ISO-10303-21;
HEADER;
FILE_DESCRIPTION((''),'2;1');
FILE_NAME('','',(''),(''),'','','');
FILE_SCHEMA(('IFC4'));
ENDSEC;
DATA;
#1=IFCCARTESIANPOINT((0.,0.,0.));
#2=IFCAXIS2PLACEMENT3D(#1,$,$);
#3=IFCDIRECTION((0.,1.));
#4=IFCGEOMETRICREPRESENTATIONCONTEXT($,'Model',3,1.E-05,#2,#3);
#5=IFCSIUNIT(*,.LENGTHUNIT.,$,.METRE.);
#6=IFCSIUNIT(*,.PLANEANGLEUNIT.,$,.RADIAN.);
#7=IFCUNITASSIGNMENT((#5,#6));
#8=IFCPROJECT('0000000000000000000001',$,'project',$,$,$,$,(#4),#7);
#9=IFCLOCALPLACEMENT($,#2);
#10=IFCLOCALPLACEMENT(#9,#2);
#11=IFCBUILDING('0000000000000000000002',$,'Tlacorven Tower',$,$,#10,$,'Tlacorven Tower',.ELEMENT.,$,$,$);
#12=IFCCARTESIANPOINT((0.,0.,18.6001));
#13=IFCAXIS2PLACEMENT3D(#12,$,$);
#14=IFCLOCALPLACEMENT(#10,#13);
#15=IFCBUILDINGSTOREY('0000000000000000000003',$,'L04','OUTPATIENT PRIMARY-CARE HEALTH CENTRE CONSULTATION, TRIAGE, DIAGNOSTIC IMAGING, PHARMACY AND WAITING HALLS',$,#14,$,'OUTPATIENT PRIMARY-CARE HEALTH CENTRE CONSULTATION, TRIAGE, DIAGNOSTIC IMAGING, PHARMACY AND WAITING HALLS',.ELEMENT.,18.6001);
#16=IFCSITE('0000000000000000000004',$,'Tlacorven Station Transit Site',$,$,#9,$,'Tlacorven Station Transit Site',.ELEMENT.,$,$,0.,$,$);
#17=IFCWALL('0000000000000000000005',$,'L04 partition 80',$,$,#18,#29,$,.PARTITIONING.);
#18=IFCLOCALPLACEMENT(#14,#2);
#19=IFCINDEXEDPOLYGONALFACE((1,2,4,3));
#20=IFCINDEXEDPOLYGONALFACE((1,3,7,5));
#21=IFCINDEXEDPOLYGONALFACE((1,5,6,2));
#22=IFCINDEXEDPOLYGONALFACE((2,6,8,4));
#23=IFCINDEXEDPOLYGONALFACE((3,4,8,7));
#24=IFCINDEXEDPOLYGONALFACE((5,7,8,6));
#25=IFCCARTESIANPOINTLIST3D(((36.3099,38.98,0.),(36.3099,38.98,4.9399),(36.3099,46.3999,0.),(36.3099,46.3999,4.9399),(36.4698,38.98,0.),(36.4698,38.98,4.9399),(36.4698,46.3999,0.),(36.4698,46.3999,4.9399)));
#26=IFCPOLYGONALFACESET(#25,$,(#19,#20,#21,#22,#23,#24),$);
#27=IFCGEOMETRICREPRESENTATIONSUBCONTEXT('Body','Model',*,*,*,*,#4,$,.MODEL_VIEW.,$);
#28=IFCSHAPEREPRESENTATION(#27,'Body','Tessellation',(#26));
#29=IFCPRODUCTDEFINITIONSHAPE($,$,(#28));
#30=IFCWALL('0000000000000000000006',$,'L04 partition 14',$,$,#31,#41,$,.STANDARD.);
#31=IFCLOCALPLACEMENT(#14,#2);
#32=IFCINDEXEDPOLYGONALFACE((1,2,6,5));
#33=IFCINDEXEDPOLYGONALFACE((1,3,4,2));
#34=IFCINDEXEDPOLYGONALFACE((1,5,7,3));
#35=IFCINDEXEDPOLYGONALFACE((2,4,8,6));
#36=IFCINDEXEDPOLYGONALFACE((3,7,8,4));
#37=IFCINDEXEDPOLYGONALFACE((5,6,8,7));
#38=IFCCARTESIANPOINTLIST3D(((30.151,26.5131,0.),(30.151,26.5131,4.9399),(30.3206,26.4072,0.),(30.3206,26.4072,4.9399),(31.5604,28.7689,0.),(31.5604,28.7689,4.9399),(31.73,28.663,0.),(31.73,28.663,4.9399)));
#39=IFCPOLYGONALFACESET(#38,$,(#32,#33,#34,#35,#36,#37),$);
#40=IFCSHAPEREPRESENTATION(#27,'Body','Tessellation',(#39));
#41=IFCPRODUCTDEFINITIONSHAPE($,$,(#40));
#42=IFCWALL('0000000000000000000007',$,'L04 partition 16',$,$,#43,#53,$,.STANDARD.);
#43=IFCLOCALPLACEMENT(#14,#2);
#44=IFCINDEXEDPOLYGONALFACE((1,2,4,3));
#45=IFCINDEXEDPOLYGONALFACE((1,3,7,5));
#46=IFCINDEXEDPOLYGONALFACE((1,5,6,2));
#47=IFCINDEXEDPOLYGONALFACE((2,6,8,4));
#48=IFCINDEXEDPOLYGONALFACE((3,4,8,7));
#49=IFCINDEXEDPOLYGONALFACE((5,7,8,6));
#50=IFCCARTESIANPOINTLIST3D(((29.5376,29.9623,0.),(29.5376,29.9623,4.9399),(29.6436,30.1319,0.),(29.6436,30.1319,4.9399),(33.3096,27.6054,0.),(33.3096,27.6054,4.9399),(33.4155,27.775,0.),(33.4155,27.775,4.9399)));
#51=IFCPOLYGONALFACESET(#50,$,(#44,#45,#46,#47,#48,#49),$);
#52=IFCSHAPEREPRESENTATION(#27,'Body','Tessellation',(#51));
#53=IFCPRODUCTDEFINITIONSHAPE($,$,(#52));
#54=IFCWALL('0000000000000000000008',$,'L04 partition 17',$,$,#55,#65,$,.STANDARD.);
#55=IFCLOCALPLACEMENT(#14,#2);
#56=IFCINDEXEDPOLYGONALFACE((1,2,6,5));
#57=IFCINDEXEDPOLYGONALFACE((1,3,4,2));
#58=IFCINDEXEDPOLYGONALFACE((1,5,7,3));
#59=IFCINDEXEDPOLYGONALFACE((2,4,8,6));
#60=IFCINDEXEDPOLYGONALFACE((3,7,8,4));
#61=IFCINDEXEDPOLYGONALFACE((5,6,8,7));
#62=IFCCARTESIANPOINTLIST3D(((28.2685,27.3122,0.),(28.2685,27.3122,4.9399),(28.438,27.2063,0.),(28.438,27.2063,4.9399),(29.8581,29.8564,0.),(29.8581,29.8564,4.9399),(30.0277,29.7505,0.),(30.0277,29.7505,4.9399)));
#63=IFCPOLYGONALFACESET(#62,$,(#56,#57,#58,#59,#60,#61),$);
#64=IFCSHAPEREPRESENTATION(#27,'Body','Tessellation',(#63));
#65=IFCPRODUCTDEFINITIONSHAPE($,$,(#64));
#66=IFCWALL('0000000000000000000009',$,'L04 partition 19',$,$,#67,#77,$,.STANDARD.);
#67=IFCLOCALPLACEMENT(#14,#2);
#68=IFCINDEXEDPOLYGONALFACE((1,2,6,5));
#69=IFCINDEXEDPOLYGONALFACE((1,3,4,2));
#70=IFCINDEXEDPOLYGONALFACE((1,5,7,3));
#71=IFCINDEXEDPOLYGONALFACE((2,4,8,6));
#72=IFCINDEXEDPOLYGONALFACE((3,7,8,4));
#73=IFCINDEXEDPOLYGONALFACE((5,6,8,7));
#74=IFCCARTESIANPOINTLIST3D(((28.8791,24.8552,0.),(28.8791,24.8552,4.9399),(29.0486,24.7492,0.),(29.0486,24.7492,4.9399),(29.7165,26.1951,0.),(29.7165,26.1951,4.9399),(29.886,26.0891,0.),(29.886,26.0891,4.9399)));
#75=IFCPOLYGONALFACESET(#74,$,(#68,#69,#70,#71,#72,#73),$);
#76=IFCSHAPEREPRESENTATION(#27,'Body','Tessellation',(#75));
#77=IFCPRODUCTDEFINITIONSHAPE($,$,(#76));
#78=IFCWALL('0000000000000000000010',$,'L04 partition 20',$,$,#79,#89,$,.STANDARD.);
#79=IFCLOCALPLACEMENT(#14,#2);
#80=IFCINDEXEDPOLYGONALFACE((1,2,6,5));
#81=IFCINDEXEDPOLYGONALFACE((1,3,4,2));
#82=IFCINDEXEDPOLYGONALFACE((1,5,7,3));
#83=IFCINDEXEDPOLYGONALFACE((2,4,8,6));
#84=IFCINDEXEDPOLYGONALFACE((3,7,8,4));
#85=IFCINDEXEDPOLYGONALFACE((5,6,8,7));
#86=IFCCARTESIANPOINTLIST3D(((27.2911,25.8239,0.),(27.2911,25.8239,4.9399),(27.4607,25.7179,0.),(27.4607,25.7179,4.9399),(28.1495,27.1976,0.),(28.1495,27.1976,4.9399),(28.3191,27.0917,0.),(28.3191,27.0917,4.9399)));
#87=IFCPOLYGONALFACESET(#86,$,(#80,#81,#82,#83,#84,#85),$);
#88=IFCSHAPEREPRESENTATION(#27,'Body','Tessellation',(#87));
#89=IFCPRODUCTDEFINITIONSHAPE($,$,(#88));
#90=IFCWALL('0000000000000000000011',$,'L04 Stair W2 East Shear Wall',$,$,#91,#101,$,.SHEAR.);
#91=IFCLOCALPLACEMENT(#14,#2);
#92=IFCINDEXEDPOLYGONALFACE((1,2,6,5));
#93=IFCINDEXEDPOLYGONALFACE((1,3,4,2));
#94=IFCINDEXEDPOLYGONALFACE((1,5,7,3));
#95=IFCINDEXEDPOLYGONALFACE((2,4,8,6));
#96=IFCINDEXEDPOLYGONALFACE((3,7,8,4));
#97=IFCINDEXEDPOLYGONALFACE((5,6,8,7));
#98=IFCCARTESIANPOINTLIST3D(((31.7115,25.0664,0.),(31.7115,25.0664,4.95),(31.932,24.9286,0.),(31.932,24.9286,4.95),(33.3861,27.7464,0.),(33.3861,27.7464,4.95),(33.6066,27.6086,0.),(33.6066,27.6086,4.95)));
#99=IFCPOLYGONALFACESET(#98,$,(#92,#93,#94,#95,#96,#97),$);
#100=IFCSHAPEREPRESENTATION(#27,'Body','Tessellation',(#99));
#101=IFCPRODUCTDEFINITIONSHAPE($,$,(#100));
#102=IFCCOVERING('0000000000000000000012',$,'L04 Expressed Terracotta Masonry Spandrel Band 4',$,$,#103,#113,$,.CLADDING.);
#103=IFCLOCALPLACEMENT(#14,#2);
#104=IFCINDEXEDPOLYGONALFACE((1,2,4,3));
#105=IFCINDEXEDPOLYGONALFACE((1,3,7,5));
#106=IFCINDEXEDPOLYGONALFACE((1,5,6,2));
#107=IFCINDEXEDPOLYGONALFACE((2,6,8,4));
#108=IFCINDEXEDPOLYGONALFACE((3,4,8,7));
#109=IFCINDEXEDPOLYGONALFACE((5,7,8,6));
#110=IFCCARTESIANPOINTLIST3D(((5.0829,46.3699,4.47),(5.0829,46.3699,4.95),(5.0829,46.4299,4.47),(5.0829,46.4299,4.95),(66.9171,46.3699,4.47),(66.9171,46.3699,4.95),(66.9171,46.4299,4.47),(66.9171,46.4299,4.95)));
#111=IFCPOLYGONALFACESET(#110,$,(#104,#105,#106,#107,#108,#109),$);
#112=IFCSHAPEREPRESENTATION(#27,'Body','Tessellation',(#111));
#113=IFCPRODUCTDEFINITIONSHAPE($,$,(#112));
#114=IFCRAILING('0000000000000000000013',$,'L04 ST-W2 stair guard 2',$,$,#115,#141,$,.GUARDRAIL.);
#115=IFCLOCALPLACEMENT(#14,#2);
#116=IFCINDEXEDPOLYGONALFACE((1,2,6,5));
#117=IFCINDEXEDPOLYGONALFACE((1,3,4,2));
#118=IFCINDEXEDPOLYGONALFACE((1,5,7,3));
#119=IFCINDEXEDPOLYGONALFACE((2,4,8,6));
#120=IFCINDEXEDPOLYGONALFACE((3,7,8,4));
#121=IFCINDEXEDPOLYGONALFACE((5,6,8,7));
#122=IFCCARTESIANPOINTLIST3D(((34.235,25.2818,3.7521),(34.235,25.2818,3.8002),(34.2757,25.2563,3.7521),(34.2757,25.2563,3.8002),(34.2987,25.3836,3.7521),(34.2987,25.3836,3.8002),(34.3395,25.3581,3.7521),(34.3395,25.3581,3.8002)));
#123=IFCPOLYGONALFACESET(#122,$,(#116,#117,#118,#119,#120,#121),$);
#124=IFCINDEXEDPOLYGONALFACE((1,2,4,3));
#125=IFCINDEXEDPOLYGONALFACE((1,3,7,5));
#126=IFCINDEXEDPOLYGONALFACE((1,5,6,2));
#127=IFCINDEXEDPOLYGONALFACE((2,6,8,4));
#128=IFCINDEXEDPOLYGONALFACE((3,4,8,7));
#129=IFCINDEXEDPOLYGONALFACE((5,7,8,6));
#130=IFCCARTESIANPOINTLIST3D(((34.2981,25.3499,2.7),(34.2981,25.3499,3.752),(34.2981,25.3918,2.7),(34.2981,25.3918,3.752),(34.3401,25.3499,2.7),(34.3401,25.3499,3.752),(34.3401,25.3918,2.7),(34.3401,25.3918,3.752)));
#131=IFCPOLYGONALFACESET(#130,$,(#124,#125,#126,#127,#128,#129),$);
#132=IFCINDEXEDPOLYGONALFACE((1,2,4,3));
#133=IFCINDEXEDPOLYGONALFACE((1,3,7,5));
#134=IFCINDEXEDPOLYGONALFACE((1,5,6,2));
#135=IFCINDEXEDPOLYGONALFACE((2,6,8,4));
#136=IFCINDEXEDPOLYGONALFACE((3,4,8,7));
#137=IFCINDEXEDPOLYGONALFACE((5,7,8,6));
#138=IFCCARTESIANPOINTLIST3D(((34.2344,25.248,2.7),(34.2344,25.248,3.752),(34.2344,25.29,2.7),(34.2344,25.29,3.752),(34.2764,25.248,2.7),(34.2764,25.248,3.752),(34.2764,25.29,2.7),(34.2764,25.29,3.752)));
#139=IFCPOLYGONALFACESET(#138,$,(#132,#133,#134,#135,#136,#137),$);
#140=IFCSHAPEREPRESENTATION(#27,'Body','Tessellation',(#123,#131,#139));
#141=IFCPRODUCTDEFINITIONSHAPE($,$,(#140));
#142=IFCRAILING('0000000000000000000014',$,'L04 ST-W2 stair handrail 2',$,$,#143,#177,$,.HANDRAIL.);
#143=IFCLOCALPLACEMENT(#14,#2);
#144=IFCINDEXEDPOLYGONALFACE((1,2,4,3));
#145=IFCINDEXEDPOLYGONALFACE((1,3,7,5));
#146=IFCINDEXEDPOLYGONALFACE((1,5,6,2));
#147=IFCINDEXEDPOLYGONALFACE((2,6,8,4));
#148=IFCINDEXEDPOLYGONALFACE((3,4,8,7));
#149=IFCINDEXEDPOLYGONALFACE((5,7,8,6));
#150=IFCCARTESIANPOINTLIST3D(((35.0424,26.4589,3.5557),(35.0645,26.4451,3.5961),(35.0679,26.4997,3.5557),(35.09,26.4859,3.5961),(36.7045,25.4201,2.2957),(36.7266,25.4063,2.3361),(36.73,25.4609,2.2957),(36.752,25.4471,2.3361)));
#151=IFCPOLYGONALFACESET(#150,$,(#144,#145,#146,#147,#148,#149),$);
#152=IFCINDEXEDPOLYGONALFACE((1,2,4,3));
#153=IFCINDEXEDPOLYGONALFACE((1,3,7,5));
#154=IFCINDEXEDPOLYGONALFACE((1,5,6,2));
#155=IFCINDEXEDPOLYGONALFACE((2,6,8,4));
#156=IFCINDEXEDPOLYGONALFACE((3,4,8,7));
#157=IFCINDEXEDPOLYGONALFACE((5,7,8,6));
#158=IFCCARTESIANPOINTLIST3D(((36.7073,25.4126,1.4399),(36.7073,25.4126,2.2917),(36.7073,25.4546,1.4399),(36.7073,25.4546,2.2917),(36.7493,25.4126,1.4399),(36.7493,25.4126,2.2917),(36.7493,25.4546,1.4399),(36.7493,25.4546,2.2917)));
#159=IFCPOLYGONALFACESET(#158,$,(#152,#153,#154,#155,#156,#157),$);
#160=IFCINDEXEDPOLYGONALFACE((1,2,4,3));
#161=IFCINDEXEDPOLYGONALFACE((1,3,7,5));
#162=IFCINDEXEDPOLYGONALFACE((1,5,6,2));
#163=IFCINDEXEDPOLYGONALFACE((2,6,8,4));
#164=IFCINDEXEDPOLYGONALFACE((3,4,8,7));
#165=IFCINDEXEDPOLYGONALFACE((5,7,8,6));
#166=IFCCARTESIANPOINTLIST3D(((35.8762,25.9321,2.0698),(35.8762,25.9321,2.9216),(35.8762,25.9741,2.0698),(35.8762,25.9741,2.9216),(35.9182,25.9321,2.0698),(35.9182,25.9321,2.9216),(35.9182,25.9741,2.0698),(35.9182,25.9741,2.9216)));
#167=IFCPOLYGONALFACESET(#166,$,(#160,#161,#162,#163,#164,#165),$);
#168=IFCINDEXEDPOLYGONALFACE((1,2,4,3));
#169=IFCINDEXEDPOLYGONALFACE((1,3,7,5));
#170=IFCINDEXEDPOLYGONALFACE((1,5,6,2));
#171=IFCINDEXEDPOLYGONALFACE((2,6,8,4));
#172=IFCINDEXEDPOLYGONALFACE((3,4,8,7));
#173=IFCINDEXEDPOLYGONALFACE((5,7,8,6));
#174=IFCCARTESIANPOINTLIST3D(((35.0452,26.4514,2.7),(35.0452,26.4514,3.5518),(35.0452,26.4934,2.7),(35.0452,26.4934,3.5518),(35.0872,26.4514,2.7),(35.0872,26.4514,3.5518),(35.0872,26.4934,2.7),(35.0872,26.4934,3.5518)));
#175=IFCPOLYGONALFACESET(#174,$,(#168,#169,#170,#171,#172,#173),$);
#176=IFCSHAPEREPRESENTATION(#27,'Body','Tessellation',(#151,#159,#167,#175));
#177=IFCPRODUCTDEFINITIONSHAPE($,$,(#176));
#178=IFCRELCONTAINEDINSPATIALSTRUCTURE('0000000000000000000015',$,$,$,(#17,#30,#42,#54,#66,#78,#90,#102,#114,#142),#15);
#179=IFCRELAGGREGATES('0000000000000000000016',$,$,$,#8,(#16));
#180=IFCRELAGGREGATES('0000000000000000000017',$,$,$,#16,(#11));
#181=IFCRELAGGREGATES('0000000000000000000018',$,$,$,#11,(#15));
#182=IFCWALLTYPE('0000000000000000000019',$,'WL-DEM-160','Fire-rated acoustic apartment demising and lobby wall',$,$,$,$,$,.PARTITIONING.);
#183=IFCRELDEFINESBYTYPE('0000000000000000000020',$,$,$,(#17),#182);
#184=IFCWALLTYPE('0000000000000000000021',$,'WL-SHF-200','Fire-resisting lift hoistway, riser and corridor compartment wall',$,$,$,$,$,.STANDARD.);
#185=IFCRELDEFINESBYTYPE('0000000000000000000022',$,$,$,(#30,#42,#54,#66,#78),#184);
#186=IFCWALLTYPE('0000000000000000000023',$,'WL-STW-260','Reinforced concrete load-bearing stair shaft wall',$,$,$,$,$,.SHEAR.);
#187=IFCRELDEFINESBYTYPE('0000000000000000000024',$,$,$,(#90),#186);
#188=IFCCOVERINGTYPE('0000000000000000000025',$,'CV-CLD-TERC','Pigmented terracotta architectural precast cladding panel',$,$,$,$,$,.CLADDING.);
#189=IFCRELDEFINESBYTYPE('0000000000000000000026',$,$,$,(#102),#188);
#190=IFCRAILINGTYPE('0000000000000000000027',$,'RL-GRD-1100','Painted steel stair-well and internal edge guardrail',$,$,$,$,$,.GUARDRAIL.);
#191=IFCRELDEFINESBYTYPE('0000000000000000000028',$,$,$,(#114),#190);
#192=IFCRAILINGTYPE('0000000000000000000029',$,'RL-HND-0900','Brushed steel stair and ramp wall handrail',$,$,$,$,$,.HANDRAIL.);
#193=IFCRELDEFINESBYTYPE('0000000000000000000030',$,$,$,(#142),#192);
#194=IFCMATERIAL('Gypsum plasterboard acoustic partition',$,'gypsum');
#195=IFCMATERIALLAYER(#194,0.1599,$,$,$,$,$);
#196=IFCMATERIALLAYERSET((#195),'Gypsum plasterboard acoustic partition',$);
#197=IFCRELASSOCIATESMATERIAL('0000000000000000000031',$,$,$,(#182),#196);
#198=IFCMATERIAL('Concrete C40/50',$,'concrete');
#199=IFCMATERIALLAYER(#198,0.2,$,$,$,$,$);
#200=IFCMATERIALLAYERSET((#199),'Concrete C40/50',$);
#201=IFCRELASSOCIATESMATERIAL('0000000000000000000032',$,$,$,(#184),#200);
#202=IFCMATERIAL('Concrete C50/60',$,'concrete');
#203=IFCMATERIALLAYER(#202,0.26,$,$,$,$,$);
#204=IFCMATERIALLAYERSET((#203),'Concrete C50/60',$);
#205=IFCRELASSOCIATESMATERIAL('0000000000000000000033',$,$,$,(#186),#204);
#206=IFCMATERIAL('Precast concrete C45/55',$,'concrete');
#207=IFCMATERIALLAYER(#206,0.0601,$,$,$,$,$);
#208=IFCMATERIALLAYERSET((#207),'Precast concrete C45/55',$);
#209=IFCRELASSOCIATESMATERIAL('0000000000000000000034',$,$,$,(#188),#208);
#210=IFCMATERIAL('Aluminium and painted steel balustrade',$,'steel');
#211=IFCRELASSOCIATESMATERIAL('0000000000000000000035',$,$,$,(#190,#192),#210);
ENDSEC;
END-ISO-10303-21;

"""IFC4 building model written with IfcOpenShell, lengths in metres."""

from ifc_helpers import new_model, si_unit, direction, frame, frame_2d, origin, origin_2d, place, context, subcontext, project, spatial, rectangle, extrude, source, transform, mapped, material, layer, layer_set, type_object, element, save


model = new_model("IFC4")

# Units and contexts
model_context = context("Model", 3, precision=1e-05, world=origin(), true_north=direction((0.0, 1.0)))
body_context = subcontext(model_context, "Body", "Model", "MODEL_VIEW")
ifc_project = project(units=[si_unit("LENGTHUNIT", "METRE"), si_unit("PLANEANGLEUNIT", "RADIAN")], contexts=[model_context])

# Site, building, storey
site_placement = place(None, origin())
site = spatial("IfcSite", under=ifc_project, at=site_placement, Name="Tlacorven Station Transit Site", LongName="Tlacorven Station Transit Site", CompositionType="ELEMENT", RefElevation=0.0)
building_placement = place(site_placement, origin())
building = spatial("IfcBuilding", under=site, at=building_placement, Name="Tlacorven Tower", LongName="Tlacorven Tower", CompositionType="ELEMENT")
storey_placement = place(building_placement, frame((0.0, 0.0, 18.6001)))
storey = spatial("IfcBuildingStorey", under=building, at=storey_placement, Name="L04", Description="OUTPATIENT PRIMARY-CARE HEALTH CENTRE CONSULTATION, TRIAGE, DIAGNOSTIC IMAGING, PHARMACY AND WAITING HALLS", LongName="OUTPATIENT PRIMARY-CARE HEALTH CENTRE CONSULTATION, TRIAGE, DIAGNOSTIC IMAGING, PHARMACY AND WAITING HALLS", CompositionType="ELEMENT", Elevation=18.6001)

# Walls
ifc_material_1 = material(Name="Gypsum plasterboard acoustic partition", Category="gypsum")
ifc_layer_1 = layer(ifc_material_1, 0.1599)
ifc_layer_set_1 = layer_set([ifc_layer_1], Name="Gypsum plasterboard acoustic partition")
wall_type_1 = type_object("IfcWallType", Name="WL-DEM-160", Description="Fire-rated acoustic apartment demising and lobby wall", PredefinedType="PARTITIONING", material=ifc_layer_set_1)
wall_1_placement = place(storey_placement, frame((36.3899, 38.98, 0.0), z_axis=(0.0, 0.0, 1.0), x_axis=(0.0, 1.0, 0.0)))
element("IfcWall", 1, at=wall_1_placement, inside=storey, type_object=wall_type_1, Name="L04 partition 80", PredefinedType="PARTITIONING", context=body_context, shape_type="SweptSolid", body=[
    extrude(rectangle(XDim=7.4199, YDim=0.1599, at=frame_2d((3.71, 0.0))), origin(), (0.0, 0.0, 1.0), 4.9399),
])
ifc_material_2 = material(Name="Concrete C40/50", Category="concrete")
ifc_layer_2 = layer(ifc_material_2, 0.2)
ifc_layer_set_2 = layer_set([ifc_layer_2], Name="Concrete C40/50")
wall_type_2 = type_object("IfcWallType", Name="WL-SHF-200", Description="Fire-resisting lift hoistway, riser and corridor compartment wall", PredefinedType="STANDARD", material=ifc_layer_set_2)
wall_2_placement = place(storey_placement, frame((31.6453, 28.7161, 0.0), z_axis=(0.0, 0.0, 1.0), x_axis=(-0.529867, -0.848081, 0.0)))
element("IfcWall", 2, at=wall_2_placement, inside=storey, type_object=wall_type_2, Name="L04 partition 14", PredefinedType="STANDARD", context=body_context, shape_type="SweptSolid", body=[
    extrude(rectangle(XDim=2.6599, YDim=0.2, at=frame_2d((1.3301, 0.0))), origin(), (0.0, 0.0, 1.0), 4.9399),
])
wall_3_placement = place(storey_placement, frame((33.3625, 27.6902, 0.0), z_axis=(0.0, 0.0, 1.0), x_axis=(-0.848054, 0.52991, 0.0)))
element("IfcWall", 3, at=wall_3_placement, inside=storey, type_object=wall_type_2, Name="L04 partition 16", PredefinedType="STANDARD", context=body_context, shape_type="SweptSolid", body=[
    extrude(rectangle(XDim=4.4478, YDim=0.2, at=frame_2d((2.2239, 0.0))), origin(), (0.0, 0.0, 1.0), 4.9399),
])
wall_4_placement = place(storey_placement, frame((29.9429, 29.8035, 0.0), z_axis=(0.0, 0.0, 1.0), x_axis=(-0.529875, -0.848076, 0.0)))
element("IfcWall", 4, at=wall_4_placement, inside=storey, type_object=wall_type_2, Name="L04 partition 17", PredefinedType="STANDARD", context=body_context, shape_type="SweptSolid", body=[
    extrude(rectangle(XDim=3.0, YDim=0.2, at=frame_2d((1.5, 0.0))), origin(), (0.0, 0.0, 1.0), 4.9399),
])
wall_5_placement = place(storey_placement, frame((29.8013, 26.1421, 0.0), z_axis=(0.0, 0.0, 1.0), x_axis=(-0.529999, -0.847998, 0.0)))
element("IfcWall", 5, at=wall_5_placement, inside=storey, type_object=wall_type_2, Name="L04 partition 19", PredefinedType="STANDARD", context=body_context, shape_type="SweptSolid", body=[
    extrude(rectangle(XDim=1.5801, YDim=0.2, at=frame_2d((0.79, 0.0))), origin(), (0.0, 0.0, 1.0), 4.9399),
])
wall_6_placement = place(storey_placement, frame((28.2344, 27.1448, 0.0), z_axis=(0.0, 0.0, 1.0), x_axis=(-0.529904, -0.848058, 0.0)))
element("IfcWall", 6, at=wall_6_placement, inside=storey, type_object=wall_type_2, Name="L04 partition 20", PredefinedType="STANDARD", context=body_context, shape_type="SweptSolid", body=[
    extrude(rectangle(XDim=1.6199, YDim=0.2, at=frame_2d((0.8101, 0.0))), origin(), (0.0, 0.0, 1.0), 4.9399),
])
ifc_material_3 = material(Name="Concrete C50/60", Category="concrete")
ifc_layer_3 = layer(ifc_material_3, 0.26)
ifc_layer_set_3 = layer_set([ifc_layer_3], Name="Concrete C50/60")
wall_type_3 = type_object("IfcWallType", Name="WL-STW-260", Description="Reinforced concrete load-bearing stair shaft wall", PredefinedType="SHEAR", material=ifc_layer_set_3)
wall_7_placement = place(storey_placement, frame((33.4963, 27.6775, 0.0), z_axis=(0.0, 0.0, 1.0), x_axis=(-0.529909, -0.848055, 0.0)))
element("IfcWall", 7, at=wall_7_placement, inside=storey, type_object=wall_type_3, Name="L04 Stair W2 East Shear Wall", PredefinedType="SHEAR", context=body_context, shape_type="SweptSolid", body=[
    extrude(rectangle(XDim=3.1602, YDim=0.26, at=frame_2d((1.5801, 0.0))), origin(), (0.0, 0.0, 1.0), 4.95),
])

# Covering
ifc_material_4 = material(Name="Precast concrete C45/55", Category="concrete")
ifc_layer_4 = layer(ifc_material_4, 0.0601)
ifc_layer_set_4 = layer_set([ifc_layer_4], Name="Precast concrete C45/55")
covering_type = type_object("IfcCoveringType", Name="CV-CLD-TERC", Description="Pigmented terracotta architectural precast cladding panel", PredefinedType="CLADDING", material=ifc_layer_set_4)
shared_shape_1 = source(origin(), body_context, "Body", "SweptSolid", [
    extrude(rectangle(XDim=61.8342, YDim=0.0601, at=origin_2d()), origin(), (0.0, 0.0, 1.0), 0.48),
])
covering_placement = place(storey_placement, frame((36.0, 46.3999, 4.47), z_axis=(0.0, 0.0, 1.0), x_axis=(1.0, 0.0, 0.0)))
element("IfcCovering", 8, at=covering_placement, inside=storey, type_object=covering_type, Name="L04 Expressed Terracotta Masonry Spandrel Band 4", PredefinedType="CLADDING", context=body_context, shape_type="MappedRepresentation", body=[
    mapped(shared_shape_1, transform((0.0, 0.0, 0.0), scale=1.0)),
])

# Railings
ifc_material_5 = material(Name="Aluminium and painted steel balustrade", Category="steel")
railing_type_1 = type_object("IfcRailingType", Name="RL-GRD-1100", Description="Painted steel stair-well and internal edge guardrail", PredefinedType="GUARDRAIL", material=ifc_material_5)
shared_shape_2 = source(origin(), body_context, "Body", "SweptSolid", [
    extrude(rectangle(XDim=0.0481, YDim=0.0481, at=origin_2d()), frame((0.0, 0.0, 1.0762), z_axis=(-0.530547, -0.847656, 0.0), x_axis=(0.847656, -0.530547, 0.0)), (0.0, 0.0, 1.0), 0.1201),
    extrude(rectangle(XDim=0.042, YDim=0.042, at=origin_2d()), origin(), (0.0, 0.0, 1.0), 1.052),
    extrude(rectangle(XDim=0.042, YDim=0.042, at=origin_2d()), frame((-0.0637, -0.1018, 0.0)), (0.0, 0.0, 1.0), 1.052),
])
railing_1_placement = place(storey_placement, frame((34.3191, 25.3708, 2.7)))
element("IfcRailing", 9, at=railing_1_placement, inside=storey, type_object=railing_type_1, Name="L04 ST-W2 stair guard 2", PredefinedType="GUARDRAIL", context=body_context, shape_type="MappedRepresentation", body=[
    mapped(shared_shape_2, transform((0.0, 0.0, 0.0), scale=1.0)),
])
railing_type_2 = type_object("IfcRailingType", Name="RL-HND-0900", Description="Brushed steel stair and ramp wall handrail", PredefinedType="HANDRAIL", material=ifc_material_5)
shared_shape_3 = source(origin(), body_context, "Body", "SweptSolid", [
    extrude(rectangle(XDim=0.0481, YDim=0.0481, at=origin_2d()), frame((0.0, 0.0, 0.876), z_axis=(-0.71332, 0.445825, 0.540753), x_axis=(-0.529999, -0.847998, 0.0)), (0.0, 0.0, 1.0), 2.3301),
    extrude(rectangle(XDim=0.042, YDim=0.042, at=origin_2d()), origin(), (0.0, 0.0, 1.0), 0.8518),
    extrude(rectangle(XDim=0.042, YDim=0.042, at=origin_2d()), frame((-0.8311, 0.5195, 0.6299)), (0.0, 0.0, 1.0), 0.8518),
    extrude(rectangle(XDim=0.042, YDim=0.042, at=origin_2d()), frame((-1.6621, 1.0388, 1.26)), (0.0, 0.0, 1.0), 0.8518),
])
railing_2_placement = place(storey_placement, frame((36.7283, 25.4336, 1.4399)))
element("IfcRailing", 10, at=railing_2_placement, inside=storey, type_object=railing_type_2, Name="L04 ST-W2 stair handrail 2", PredefinedType="HANDRAIL", context=body_context, shape_type="MappedRepresentation", body=[
    mapped(shared_shape_3, transform((0.0, 0.0, 0.0), scale=1.0)),
])

save(model, "model.ifc")
